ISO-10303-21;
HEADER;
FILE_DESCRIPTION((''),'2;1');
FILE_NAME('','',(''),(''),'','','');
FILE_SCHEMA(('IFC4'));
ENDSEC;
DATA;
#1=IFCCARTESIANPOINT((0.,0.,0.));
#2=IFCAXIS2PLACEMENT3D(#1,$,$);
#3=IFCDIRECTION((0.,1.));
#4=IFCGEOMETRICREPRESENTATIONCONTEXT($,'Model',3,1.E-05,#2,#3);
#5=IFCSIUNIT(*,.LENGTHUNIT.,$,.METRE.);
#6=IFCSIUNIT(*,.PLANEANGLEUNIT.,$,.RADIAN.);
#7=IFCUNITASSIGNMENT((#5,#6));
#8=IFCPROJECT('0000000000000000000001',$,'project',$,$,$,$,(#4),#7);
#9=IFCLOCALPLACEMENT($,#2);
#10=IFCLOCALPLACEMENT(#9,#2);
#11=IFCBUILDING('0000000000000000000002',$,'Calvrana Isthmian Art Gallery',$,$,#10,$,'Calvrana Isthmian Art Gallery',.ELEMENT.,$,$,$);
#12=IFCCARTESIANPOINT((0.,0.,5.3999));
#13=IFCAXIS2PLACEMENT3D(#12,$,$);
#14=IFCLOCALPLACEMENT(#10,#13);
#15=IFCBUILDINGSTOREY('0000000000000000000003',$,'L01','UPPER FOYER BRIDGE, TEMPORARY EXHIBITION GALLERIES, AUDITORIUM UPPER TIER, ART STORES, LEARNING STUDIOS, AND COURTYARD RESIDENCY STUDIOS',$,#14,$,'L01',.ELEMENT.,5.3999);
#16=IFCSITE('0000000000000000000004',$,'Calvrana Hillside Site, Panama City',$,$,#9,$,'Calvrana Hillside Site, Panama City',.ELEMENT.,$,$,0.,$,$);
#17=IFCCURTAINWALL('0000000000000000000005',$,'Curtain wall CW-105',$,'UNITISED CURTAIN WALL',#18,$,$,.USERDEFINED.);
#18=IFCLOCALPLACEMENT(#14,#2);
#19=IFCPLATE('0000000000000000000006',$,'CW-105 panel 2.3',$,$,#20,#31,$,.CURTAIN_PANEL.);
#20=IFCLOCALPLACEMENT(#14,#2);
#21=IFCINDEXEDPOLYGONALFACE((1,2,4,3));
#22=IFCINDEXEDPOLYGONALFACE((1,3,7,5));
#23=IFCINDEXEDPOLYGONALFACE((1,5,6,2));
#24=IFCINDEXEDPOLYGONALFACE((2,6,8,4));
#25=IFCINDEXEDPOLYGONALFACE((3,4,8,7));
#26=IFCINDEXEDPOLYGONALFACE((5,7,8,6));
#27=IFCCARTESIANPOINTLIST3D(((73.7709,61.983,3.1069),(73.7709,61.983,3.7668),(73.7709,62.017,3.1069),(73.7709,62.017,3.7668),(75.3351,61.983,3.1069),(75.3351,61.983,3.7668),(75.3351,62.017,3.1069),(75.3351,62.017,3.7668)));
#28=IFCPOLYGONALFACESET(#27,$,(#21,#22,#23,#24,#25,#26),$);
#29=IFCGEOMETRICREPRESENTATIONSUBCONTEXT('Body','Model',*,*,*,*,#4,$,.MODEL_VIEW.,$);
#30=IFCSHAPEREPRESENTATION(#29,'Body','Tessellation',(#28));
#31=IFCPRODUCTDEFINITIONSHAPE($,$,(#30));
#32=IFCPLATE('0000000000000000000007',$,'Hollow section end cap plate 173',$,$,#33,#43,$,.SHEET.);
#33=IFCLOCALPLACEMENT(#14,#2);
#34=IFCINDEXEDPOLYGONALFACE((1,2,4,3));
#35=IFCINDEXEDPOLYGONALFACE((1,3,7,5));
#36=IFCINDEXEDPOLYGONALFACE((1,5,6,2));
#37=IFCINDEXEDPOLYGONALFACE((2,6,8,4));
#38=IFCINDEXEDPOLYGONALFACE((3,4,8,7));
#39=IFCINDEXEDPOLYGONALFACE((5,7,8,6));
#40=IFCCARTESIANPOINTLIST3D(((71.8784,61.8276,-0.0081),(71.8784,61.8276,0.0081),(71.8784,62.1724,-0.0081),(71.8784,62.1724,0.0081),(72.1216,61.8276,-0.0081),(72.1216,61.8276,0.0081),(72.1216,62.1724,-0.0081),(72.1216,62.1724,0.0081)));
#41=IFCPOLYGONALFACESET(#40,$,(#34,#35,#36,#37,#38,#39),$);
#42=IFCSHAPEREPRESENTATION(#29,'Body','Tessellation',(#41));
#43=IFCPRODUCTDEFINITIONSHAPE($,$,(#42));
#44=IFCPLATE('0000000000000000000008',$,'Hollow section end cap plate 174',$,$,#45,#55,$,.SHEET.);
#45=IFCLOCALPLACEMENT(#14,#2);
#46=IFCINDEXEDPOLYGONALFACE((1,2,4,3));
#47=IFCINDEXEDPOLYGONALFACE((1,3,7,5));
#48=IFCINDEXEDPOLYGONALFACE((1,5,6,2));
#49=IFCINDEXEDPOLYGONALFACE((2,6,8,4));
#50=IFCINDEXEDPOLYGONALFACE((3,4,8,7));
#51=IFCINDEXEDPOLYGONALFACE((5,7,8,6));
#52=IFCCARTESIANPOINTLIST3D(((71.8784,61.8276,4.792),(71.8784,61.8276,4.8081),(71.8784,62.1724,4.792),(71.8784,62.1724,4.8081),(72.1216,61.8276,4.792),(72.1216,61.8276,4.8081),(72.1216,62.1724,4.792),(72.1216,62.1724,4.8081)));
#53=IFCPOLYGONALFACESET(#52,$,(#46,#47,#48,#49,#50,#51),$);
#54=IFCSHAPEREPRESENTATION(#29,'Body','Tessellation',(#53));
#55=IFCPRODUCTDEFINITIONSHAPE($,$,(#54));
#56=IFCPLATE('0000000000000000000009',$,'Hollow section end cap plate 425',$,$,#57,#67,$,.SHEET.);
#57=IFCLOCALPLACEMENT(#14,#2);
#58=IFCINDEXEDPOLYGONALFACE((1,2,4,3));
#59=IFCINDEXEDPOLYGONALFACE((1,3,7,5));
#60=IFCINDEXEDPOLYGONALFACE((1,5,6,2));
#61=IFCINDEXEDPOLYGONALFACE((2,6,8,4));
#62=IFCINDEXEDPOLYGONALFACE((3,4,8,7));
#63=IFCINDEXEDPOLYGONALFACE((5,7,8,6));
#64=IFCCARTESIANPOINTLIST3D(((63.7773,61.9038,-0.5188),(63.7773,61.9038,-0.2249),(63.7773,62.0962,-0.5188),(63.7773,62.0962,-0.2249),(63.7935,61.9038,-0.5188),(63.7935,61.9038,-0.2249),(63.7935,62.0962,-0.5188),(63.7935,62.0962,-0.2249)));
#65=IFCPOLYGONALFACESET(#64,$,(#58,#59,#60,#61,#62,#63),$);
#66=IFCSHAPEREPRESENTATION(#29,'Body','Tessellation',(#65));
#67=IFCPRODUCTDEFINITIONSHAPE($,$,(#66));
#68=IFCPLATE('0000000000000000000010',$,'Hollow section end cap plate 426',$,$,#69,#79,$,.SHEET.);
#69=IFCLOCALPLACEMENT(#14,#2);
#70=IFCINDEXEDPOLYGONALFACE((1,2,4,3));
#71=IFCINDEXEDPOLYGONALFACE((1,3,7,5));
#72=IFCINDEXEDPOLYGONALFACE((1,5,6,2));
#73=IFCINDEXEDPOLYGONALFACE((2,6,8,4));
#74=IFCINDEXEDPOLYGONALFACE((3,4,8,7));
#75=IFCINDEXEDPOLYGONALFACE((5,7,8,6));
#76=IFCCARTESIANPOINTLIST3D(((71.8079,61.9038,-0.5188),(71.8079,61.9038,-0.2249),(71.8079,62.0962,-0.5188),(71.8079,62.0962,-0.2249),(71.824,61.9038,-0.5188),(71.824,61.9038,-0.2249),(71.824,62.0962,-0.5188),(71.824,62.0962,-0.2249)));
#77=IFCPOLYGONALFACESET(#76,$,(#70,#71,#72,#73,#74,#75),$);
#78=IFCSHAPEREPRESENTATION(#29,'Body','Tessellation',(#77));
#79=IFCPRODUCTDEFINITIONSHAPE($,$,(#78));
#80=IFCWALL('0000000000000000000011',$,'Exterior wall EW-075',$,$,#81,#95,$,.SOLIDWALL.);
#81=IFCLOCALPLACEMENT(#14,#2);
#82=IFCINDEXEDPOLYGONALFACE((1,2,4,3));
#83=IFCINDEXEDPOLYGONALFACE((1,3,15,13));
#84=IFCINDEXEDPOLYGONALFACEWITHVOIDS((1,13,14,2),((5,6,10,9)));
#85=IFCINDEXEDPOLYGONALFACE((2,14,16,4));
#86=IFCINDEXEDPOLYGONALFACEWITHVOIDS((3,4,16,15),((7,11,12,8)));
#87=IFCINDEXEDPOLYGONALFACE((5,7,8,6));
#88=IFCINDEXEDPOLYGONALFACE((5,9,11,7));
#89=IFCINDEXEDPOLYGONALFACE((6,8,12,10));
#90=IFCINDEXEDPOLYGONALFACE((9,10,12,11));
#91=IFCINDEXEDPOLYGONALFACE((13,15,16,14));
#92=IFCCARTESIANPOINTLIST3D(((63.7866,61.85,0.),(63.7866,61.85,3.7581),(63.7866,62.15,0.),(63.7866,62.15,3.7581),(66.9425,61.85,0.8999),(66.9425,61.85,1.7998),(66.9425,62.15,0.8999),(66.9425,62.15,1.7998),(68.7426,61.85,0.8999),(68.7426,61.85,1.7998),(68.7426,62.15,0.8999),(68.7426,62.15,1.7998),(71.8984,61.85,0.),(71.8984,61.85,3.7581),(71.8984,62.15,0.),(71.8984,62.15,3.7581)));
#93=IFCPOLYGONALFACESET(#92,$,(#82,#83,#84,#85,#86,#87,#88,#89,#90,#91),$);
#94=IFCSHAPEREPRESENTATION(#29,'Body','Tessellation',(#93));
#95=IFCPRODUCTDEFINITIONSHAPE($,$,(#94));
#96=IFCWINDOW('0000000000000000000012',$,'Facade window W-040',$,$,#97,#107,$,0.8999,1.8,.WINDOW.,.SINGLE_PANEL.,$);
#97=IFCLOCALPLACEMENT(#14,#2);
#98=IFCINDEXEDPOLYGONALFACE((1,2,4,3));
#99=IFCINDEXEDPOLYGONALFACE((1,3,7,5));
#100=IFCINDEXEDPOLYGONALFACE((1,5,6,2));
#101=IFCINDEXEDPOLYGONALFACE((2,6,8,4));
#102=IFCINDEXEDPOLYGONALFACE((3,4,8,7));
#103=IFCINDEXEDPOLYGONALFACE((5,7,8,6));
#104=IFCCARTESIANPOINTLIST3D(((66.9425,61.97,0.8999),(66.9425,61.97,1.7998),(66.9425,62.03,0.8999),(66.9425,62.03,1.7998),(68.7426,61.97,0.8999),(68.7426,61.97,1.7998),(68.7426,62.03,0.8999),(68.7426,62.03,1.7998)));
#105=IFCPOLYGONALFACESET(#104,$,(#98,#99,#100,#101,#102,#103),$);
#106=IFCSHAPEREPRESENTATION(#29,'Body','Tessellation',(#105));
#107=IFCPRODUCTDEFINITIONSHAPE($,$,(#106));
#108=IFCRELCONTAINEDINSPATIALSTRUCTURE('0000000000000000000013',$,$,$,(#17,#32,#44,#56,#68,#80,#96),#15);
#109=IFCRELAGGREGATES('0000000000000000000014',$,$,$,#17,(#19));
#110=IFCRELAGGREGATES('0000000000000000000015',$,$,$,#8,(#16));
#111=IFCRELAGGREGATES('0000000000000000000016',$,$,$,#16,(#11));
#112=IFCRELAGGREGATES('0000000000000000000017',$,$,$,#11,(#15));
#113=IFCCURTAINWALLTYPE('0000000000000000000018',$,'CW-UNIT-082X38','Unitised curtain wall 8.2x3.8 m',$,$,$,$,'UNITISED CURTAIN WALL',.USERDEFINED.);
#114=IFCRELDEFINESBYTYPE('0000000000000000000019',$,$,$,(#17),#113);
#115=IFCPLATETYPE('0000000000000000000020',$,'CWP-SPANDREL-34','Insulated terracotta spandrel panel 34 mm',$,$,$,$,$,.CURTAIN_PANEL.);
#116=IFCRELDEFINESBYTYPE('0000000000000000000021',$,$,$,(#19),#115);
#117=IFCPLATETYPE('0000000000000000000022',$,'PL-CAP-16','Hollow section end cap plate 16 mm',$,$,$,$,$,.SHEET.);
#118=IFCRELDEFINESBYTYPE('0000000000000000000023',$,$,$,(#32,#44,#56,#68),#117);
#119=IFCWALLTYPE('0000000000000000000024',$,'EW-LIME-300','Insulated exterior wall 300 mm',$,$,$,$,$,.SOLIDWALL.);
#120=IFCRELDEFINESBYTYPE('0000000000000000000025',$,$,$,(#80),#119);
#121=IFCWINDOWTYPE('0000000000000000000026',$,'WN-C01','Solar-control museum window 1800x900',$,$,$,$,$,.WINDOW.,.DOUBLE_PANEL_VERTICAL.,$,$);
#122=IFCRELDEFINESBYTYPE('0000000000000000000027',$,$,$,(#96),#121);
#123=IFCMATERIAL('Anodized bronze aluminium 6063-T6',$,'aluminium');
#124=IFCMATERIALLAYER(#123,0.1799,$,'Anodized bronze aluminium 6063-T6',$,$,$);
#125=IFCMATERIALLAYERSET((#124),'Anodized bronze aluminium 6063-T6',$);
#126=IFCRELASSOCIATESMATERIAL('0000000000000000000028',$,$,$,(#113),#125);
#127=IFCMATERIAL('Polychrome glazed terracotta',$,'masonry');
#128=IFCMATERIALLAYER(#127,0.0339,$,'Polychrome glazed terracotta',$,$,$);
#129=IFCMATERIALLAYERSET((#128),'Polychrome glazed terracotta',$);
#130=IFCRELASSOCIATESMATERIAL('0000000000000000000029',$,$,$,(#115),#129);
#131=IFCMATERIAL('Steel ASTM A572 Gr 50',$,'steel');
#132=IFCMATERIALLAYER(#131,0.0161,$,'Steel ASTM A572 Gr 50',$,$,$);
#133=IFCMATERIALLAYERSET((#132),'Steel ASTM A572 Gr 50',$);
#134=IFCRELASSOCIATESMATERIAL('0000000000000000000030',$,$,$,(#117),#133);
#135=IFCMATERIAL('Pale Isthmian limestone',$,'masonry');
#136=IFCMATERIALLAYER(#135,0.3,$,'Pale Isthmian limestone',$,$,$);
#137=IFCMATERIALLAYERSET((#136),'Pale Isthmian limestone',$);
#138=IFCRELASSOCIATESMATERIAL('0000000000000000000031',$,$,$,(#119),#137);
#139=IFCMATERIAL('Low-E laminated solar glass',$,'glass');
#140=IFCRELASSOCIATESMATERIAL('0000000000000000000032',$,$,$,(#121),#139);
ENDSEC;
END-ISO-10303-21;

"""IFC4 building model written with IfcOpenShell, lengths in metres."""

from ifc_helpers import new_model, si_unit, direction, frame, frame_2d, origin, origin_2d, place, context, subcontext, project, spatial, rectangle, extrude, material, layer, layer_set, type_object, element, fill, aggregate, save


model = new_model("IFC4")

# Units and contexts
model_context = context("Model", 3, precision=1e-05, world=origin(), true_north=direction((0.0, 1.0)))
body_context = subcontext(model_context, "Body", "Model", "MODEL_VIEW")
ifc_project = project(units=[si_unit("LENGTHUNIT", "METRE"), si_unit("PLANEANGLEUNIT", "RADIAN")], contexts=[model_context])

# Site, building, storey
site_placement = place(None, origin())
site = spatial("IfcSite", under=ifc_project, at=site_placement, Name="Calvrana Hillside Site, Panama City", LongName="Calvrana Hillside Site, Panama City", CompositionType="ELEMENT", RefElevation=0.0)
building_placement = place(site_placement, origin())
building = spatial("IfcBuilding", under=site, at=building_placement, Name="Calvrana Isthmian Art Gallery", LongName="Calvrana Isthmian Art Gallery", CompositionType="ELEMENT")
storey_placement = place(building_placement, frame((0.0, 0.0, 5.3999)))
storey = spatial("IfcBuildingStorey", under=building, at=storey_placement, Name="L01", Description="UPPER FOYER BRIDGE, TEMPORARY EXHIBITION GALLERIES, AUDITORIUM UPPER TIER, ART STORES, LEARNING STUDIOS, AND COURTYARD RESIDENCY STUDIOS", LongName="L01", CompositionType="ELEMENT", Elevation=5.3999)

# Curtain wall, plate
ifc_material_1 = material(Name="Anodized bronze aluminium 6063-T6", Category="aluminium")
ifc_layer_1 = layer(ifc_material_1, 0.1799, Name="Anodized bronze aluminium 6063-T6")
ifc_layer_set_1 = layer_set([ifc_layer_1], Name="Anodized bronze aluminium 6063-T6")
curtain_wall_type = type_object("IfcCurtainWallType", Name="CW-UNIT-082X38", Description="Unitised curtain wall 8.2x3.8 m", ElementType="UNITISED CURTAIN WALL", PredefinedType="USERDEFINED", material=ifc_layer_set_1)
curtain_wall_placement = place(storey_placement, origin())
curtain_wall = element("IfcCurtainWall", 1, at=curtain_wall_placement, inside=storey, type_object=curtain_wall_type, Name="Curtain wall CW-105", ObjectType="UNITISED CURTAIN WALL", PredefinedType="USERDEFINED")
ifc_material_2 = material(Name="Polychrome glazed terracotta", Category="masonry")
ifc_layer_2 = layer(ifc_material_2, 0.0339, Name="Polychrome glazed terracotta")
ifc_layer_set_2 = layer_set([ifc_layer_2], Name="Polychrome glazed terracotta")
plate_type_1 = type_object("IfcPlateType", Name="CWP-SPANDREL-34", Description="Insulated terracotta spandrel panel 34 mm", PredefinedType="CURTAIN_PANEL", material=ifc_layer_set_2)
plate_1_placement = place(storey_placement, frame((74.553, 62.0, 3.1069), z_axis=(0.0, 0.0, 1.0), x_axis=(1.0, 0.0, 0.0)))
plate_1 = element("IfcPlate", 2, at=plate_1_placement, type_object=plate_type_1, Name="CW-105 panel 2.3", PredefinedType="CURTAIN_PANEL", context=body_context, shape_type="SweptSolid", body=[
    extrude(rectangle(XDim=1.5642, YDim=0.0339, at=origin_2d()), origin(), (0.0, 0.0, 1.0), 0.6599),
])
aggregate(curtain_wall, [plate_1])

# Plates
ifc_material_3 = material(Name="Steel ASTM A572 Gr 50", Category="steel")
ifc_layer_3 = layer(ifc_material_3, 0.0161, Name="Steel ASTM A572 Gr 50")
ifc_layer_set_3 = layer_set([ifc_layer_3], Name="Steel ASTM A572 Gr 50")
plate_type_2 = type_object("IfcPlateType", Name="PL-CAP-16", Description="Hollow section end cap plate 16 mm", PredefinedType="SHEET", material=ifc_layer_set_3)
for number, where, z_axis, x_axis, name in (
    (3, (72.0, 62.0, -0.0081), (0.0, 0.0, 1.0), (1.0, 0.0, 0.0), "Hollow section end cap plate 173"),
    (4, (72.0, 62.0, 4.792), (0.0, 0.0, 1.0), (1.0, 0.0, 0.0), "Hollow section end cap plate 174"),
):
    element("IfcPlate", number, at=place(storey_placement, frame(where, z_axis=z_axis, x_axis=x_axis)), inside=storey, type_object=plate_type_2, Name=name, PredefinedType="SHEET", context=body_context, shape_type="SweptSolid", body=[
        extrude(rectangle(XDim=0.2432, YDim=0.3447, at=origin_2d()), origin(), (0.0, 0.0, 1.0), 0.0161),
    ])
for number, where, z_axis, x_axis, name in (
    (5, (63.7854, 62.0, -0.5188), (0.0, 0.0, 1.0), (1.0, 0.0, 0.0), "Hollow section end cap plate 425"),
    (6, (71.8159, 62.0, -0.5188), (0.0, 0.0, 1.0), (1.0, 0.0, 0.0), "Hollow section end cap plate 426"),
):
    element("IfcPlate", number, at=place(storey_placement, frame(where, z_axis=z_axis, x_axis=x_axis)), inside=storey, type_object=plate_type_2, Name=name, PredefinedType="SHEET", context=body_context, shape_type="SweptSolid", body=[
        extrude(rectangle(XDim=0.0161, YDim=0.1924, at=origin_2d()), origin(), (0.0, 0.0, 1.0), 0.2939),
    ])

# Wall, opening, window
ifc_material_4 = material(Name="Pale Isthmian limestone", Category="masonry")
ifc_layer_4 = layer(ifc_material_4, 0.3, Name="Pale Isthmian limestone")
ifc_layer_set_4 = layer_set([ifc_layer_4], Name="Pale Isthmian limestone")
wall_type = type_object("IfcWallType", Name="EW-LIME-300", Description="Insulated exterior wall 300 mm", PredefinedType="SOLIDWALL", material=ifc_layer_set_4)
wall_placement = place(storey_placement, frame((63.7866, 62.0, 0.0), z_axis=(0.0, 0.0, 1.0), x_axis=(1.0, 0.0, 0.0)))
wall = element("IfcWall", 7, at=wall_placement, inside=storey, type_object=wall_type, Name="Exterior wall EW-075", PredefinedType="SOLIDWALL", context=body_context, shape_type="SweptSolid", body=[
    extrude(rectangle(XDim=8.1118, YDim=0.3, at=frame_2d((4.0559, 0.0))), origin(), (0.0, 0.0, 1.0), 3.7581),
])
opening_placement = place(wall_placement, frame((3.156, 0.0, 0.8999)))
opening = element("IfcOpeningElement", 8, at=opening_placement, cuts=wall, PredefinedType="OPENING", context=body_context, shape_type="SweptSolid", body=[
    extrude(rectangle(XDim=1.8, YDim=0.8999, at=frame_2d((0.8999, 0.45))), frame((0.0, 0.1602, 0.0), z_axis=(0.0, -1.0, 0.0), x_axis=(1.0, 0.0, 0.0)), (0.0, 0.0, 1.0), 0.3206),
])
ifc_material_5 = material(Name="Low-E laminated solar glass", Category="glass")
window_type = type_object("IfcWindowType", Name="WN-C01", Description="Solar-control museum window 1800x900", PartitioningType="DOUBLE_PANEL_VERTICAL", PredefinedType="WINDOW", material=ifc_material_5)
window_placement = place(opening_placement, origin())
window = element("IfcWindow", 9, at=window_placement, inside=storey, type_object=window_type, Name="Facade window W-040", OverallHeight=0.8999, OverallWidth=1.8, PartitioningType="SINGLE_PANEL", PredefinedType="WINDOW", context=body_context, shape_type="SweptSolid", body=[
    extrude(rectangle(XDim=1.8, YDim=0.8999, at=frame_2d((0.8999, 0.45))), frame((0.0, 0.03, 0.0), z_axis=(0.0, -1.0, 0.0), x_axis=(1.0, 0.0, 0.0)), (0.0, 0.0, 1.0), 0.0601),
])
fill(opening, window)

save(model, "model.ifc")
